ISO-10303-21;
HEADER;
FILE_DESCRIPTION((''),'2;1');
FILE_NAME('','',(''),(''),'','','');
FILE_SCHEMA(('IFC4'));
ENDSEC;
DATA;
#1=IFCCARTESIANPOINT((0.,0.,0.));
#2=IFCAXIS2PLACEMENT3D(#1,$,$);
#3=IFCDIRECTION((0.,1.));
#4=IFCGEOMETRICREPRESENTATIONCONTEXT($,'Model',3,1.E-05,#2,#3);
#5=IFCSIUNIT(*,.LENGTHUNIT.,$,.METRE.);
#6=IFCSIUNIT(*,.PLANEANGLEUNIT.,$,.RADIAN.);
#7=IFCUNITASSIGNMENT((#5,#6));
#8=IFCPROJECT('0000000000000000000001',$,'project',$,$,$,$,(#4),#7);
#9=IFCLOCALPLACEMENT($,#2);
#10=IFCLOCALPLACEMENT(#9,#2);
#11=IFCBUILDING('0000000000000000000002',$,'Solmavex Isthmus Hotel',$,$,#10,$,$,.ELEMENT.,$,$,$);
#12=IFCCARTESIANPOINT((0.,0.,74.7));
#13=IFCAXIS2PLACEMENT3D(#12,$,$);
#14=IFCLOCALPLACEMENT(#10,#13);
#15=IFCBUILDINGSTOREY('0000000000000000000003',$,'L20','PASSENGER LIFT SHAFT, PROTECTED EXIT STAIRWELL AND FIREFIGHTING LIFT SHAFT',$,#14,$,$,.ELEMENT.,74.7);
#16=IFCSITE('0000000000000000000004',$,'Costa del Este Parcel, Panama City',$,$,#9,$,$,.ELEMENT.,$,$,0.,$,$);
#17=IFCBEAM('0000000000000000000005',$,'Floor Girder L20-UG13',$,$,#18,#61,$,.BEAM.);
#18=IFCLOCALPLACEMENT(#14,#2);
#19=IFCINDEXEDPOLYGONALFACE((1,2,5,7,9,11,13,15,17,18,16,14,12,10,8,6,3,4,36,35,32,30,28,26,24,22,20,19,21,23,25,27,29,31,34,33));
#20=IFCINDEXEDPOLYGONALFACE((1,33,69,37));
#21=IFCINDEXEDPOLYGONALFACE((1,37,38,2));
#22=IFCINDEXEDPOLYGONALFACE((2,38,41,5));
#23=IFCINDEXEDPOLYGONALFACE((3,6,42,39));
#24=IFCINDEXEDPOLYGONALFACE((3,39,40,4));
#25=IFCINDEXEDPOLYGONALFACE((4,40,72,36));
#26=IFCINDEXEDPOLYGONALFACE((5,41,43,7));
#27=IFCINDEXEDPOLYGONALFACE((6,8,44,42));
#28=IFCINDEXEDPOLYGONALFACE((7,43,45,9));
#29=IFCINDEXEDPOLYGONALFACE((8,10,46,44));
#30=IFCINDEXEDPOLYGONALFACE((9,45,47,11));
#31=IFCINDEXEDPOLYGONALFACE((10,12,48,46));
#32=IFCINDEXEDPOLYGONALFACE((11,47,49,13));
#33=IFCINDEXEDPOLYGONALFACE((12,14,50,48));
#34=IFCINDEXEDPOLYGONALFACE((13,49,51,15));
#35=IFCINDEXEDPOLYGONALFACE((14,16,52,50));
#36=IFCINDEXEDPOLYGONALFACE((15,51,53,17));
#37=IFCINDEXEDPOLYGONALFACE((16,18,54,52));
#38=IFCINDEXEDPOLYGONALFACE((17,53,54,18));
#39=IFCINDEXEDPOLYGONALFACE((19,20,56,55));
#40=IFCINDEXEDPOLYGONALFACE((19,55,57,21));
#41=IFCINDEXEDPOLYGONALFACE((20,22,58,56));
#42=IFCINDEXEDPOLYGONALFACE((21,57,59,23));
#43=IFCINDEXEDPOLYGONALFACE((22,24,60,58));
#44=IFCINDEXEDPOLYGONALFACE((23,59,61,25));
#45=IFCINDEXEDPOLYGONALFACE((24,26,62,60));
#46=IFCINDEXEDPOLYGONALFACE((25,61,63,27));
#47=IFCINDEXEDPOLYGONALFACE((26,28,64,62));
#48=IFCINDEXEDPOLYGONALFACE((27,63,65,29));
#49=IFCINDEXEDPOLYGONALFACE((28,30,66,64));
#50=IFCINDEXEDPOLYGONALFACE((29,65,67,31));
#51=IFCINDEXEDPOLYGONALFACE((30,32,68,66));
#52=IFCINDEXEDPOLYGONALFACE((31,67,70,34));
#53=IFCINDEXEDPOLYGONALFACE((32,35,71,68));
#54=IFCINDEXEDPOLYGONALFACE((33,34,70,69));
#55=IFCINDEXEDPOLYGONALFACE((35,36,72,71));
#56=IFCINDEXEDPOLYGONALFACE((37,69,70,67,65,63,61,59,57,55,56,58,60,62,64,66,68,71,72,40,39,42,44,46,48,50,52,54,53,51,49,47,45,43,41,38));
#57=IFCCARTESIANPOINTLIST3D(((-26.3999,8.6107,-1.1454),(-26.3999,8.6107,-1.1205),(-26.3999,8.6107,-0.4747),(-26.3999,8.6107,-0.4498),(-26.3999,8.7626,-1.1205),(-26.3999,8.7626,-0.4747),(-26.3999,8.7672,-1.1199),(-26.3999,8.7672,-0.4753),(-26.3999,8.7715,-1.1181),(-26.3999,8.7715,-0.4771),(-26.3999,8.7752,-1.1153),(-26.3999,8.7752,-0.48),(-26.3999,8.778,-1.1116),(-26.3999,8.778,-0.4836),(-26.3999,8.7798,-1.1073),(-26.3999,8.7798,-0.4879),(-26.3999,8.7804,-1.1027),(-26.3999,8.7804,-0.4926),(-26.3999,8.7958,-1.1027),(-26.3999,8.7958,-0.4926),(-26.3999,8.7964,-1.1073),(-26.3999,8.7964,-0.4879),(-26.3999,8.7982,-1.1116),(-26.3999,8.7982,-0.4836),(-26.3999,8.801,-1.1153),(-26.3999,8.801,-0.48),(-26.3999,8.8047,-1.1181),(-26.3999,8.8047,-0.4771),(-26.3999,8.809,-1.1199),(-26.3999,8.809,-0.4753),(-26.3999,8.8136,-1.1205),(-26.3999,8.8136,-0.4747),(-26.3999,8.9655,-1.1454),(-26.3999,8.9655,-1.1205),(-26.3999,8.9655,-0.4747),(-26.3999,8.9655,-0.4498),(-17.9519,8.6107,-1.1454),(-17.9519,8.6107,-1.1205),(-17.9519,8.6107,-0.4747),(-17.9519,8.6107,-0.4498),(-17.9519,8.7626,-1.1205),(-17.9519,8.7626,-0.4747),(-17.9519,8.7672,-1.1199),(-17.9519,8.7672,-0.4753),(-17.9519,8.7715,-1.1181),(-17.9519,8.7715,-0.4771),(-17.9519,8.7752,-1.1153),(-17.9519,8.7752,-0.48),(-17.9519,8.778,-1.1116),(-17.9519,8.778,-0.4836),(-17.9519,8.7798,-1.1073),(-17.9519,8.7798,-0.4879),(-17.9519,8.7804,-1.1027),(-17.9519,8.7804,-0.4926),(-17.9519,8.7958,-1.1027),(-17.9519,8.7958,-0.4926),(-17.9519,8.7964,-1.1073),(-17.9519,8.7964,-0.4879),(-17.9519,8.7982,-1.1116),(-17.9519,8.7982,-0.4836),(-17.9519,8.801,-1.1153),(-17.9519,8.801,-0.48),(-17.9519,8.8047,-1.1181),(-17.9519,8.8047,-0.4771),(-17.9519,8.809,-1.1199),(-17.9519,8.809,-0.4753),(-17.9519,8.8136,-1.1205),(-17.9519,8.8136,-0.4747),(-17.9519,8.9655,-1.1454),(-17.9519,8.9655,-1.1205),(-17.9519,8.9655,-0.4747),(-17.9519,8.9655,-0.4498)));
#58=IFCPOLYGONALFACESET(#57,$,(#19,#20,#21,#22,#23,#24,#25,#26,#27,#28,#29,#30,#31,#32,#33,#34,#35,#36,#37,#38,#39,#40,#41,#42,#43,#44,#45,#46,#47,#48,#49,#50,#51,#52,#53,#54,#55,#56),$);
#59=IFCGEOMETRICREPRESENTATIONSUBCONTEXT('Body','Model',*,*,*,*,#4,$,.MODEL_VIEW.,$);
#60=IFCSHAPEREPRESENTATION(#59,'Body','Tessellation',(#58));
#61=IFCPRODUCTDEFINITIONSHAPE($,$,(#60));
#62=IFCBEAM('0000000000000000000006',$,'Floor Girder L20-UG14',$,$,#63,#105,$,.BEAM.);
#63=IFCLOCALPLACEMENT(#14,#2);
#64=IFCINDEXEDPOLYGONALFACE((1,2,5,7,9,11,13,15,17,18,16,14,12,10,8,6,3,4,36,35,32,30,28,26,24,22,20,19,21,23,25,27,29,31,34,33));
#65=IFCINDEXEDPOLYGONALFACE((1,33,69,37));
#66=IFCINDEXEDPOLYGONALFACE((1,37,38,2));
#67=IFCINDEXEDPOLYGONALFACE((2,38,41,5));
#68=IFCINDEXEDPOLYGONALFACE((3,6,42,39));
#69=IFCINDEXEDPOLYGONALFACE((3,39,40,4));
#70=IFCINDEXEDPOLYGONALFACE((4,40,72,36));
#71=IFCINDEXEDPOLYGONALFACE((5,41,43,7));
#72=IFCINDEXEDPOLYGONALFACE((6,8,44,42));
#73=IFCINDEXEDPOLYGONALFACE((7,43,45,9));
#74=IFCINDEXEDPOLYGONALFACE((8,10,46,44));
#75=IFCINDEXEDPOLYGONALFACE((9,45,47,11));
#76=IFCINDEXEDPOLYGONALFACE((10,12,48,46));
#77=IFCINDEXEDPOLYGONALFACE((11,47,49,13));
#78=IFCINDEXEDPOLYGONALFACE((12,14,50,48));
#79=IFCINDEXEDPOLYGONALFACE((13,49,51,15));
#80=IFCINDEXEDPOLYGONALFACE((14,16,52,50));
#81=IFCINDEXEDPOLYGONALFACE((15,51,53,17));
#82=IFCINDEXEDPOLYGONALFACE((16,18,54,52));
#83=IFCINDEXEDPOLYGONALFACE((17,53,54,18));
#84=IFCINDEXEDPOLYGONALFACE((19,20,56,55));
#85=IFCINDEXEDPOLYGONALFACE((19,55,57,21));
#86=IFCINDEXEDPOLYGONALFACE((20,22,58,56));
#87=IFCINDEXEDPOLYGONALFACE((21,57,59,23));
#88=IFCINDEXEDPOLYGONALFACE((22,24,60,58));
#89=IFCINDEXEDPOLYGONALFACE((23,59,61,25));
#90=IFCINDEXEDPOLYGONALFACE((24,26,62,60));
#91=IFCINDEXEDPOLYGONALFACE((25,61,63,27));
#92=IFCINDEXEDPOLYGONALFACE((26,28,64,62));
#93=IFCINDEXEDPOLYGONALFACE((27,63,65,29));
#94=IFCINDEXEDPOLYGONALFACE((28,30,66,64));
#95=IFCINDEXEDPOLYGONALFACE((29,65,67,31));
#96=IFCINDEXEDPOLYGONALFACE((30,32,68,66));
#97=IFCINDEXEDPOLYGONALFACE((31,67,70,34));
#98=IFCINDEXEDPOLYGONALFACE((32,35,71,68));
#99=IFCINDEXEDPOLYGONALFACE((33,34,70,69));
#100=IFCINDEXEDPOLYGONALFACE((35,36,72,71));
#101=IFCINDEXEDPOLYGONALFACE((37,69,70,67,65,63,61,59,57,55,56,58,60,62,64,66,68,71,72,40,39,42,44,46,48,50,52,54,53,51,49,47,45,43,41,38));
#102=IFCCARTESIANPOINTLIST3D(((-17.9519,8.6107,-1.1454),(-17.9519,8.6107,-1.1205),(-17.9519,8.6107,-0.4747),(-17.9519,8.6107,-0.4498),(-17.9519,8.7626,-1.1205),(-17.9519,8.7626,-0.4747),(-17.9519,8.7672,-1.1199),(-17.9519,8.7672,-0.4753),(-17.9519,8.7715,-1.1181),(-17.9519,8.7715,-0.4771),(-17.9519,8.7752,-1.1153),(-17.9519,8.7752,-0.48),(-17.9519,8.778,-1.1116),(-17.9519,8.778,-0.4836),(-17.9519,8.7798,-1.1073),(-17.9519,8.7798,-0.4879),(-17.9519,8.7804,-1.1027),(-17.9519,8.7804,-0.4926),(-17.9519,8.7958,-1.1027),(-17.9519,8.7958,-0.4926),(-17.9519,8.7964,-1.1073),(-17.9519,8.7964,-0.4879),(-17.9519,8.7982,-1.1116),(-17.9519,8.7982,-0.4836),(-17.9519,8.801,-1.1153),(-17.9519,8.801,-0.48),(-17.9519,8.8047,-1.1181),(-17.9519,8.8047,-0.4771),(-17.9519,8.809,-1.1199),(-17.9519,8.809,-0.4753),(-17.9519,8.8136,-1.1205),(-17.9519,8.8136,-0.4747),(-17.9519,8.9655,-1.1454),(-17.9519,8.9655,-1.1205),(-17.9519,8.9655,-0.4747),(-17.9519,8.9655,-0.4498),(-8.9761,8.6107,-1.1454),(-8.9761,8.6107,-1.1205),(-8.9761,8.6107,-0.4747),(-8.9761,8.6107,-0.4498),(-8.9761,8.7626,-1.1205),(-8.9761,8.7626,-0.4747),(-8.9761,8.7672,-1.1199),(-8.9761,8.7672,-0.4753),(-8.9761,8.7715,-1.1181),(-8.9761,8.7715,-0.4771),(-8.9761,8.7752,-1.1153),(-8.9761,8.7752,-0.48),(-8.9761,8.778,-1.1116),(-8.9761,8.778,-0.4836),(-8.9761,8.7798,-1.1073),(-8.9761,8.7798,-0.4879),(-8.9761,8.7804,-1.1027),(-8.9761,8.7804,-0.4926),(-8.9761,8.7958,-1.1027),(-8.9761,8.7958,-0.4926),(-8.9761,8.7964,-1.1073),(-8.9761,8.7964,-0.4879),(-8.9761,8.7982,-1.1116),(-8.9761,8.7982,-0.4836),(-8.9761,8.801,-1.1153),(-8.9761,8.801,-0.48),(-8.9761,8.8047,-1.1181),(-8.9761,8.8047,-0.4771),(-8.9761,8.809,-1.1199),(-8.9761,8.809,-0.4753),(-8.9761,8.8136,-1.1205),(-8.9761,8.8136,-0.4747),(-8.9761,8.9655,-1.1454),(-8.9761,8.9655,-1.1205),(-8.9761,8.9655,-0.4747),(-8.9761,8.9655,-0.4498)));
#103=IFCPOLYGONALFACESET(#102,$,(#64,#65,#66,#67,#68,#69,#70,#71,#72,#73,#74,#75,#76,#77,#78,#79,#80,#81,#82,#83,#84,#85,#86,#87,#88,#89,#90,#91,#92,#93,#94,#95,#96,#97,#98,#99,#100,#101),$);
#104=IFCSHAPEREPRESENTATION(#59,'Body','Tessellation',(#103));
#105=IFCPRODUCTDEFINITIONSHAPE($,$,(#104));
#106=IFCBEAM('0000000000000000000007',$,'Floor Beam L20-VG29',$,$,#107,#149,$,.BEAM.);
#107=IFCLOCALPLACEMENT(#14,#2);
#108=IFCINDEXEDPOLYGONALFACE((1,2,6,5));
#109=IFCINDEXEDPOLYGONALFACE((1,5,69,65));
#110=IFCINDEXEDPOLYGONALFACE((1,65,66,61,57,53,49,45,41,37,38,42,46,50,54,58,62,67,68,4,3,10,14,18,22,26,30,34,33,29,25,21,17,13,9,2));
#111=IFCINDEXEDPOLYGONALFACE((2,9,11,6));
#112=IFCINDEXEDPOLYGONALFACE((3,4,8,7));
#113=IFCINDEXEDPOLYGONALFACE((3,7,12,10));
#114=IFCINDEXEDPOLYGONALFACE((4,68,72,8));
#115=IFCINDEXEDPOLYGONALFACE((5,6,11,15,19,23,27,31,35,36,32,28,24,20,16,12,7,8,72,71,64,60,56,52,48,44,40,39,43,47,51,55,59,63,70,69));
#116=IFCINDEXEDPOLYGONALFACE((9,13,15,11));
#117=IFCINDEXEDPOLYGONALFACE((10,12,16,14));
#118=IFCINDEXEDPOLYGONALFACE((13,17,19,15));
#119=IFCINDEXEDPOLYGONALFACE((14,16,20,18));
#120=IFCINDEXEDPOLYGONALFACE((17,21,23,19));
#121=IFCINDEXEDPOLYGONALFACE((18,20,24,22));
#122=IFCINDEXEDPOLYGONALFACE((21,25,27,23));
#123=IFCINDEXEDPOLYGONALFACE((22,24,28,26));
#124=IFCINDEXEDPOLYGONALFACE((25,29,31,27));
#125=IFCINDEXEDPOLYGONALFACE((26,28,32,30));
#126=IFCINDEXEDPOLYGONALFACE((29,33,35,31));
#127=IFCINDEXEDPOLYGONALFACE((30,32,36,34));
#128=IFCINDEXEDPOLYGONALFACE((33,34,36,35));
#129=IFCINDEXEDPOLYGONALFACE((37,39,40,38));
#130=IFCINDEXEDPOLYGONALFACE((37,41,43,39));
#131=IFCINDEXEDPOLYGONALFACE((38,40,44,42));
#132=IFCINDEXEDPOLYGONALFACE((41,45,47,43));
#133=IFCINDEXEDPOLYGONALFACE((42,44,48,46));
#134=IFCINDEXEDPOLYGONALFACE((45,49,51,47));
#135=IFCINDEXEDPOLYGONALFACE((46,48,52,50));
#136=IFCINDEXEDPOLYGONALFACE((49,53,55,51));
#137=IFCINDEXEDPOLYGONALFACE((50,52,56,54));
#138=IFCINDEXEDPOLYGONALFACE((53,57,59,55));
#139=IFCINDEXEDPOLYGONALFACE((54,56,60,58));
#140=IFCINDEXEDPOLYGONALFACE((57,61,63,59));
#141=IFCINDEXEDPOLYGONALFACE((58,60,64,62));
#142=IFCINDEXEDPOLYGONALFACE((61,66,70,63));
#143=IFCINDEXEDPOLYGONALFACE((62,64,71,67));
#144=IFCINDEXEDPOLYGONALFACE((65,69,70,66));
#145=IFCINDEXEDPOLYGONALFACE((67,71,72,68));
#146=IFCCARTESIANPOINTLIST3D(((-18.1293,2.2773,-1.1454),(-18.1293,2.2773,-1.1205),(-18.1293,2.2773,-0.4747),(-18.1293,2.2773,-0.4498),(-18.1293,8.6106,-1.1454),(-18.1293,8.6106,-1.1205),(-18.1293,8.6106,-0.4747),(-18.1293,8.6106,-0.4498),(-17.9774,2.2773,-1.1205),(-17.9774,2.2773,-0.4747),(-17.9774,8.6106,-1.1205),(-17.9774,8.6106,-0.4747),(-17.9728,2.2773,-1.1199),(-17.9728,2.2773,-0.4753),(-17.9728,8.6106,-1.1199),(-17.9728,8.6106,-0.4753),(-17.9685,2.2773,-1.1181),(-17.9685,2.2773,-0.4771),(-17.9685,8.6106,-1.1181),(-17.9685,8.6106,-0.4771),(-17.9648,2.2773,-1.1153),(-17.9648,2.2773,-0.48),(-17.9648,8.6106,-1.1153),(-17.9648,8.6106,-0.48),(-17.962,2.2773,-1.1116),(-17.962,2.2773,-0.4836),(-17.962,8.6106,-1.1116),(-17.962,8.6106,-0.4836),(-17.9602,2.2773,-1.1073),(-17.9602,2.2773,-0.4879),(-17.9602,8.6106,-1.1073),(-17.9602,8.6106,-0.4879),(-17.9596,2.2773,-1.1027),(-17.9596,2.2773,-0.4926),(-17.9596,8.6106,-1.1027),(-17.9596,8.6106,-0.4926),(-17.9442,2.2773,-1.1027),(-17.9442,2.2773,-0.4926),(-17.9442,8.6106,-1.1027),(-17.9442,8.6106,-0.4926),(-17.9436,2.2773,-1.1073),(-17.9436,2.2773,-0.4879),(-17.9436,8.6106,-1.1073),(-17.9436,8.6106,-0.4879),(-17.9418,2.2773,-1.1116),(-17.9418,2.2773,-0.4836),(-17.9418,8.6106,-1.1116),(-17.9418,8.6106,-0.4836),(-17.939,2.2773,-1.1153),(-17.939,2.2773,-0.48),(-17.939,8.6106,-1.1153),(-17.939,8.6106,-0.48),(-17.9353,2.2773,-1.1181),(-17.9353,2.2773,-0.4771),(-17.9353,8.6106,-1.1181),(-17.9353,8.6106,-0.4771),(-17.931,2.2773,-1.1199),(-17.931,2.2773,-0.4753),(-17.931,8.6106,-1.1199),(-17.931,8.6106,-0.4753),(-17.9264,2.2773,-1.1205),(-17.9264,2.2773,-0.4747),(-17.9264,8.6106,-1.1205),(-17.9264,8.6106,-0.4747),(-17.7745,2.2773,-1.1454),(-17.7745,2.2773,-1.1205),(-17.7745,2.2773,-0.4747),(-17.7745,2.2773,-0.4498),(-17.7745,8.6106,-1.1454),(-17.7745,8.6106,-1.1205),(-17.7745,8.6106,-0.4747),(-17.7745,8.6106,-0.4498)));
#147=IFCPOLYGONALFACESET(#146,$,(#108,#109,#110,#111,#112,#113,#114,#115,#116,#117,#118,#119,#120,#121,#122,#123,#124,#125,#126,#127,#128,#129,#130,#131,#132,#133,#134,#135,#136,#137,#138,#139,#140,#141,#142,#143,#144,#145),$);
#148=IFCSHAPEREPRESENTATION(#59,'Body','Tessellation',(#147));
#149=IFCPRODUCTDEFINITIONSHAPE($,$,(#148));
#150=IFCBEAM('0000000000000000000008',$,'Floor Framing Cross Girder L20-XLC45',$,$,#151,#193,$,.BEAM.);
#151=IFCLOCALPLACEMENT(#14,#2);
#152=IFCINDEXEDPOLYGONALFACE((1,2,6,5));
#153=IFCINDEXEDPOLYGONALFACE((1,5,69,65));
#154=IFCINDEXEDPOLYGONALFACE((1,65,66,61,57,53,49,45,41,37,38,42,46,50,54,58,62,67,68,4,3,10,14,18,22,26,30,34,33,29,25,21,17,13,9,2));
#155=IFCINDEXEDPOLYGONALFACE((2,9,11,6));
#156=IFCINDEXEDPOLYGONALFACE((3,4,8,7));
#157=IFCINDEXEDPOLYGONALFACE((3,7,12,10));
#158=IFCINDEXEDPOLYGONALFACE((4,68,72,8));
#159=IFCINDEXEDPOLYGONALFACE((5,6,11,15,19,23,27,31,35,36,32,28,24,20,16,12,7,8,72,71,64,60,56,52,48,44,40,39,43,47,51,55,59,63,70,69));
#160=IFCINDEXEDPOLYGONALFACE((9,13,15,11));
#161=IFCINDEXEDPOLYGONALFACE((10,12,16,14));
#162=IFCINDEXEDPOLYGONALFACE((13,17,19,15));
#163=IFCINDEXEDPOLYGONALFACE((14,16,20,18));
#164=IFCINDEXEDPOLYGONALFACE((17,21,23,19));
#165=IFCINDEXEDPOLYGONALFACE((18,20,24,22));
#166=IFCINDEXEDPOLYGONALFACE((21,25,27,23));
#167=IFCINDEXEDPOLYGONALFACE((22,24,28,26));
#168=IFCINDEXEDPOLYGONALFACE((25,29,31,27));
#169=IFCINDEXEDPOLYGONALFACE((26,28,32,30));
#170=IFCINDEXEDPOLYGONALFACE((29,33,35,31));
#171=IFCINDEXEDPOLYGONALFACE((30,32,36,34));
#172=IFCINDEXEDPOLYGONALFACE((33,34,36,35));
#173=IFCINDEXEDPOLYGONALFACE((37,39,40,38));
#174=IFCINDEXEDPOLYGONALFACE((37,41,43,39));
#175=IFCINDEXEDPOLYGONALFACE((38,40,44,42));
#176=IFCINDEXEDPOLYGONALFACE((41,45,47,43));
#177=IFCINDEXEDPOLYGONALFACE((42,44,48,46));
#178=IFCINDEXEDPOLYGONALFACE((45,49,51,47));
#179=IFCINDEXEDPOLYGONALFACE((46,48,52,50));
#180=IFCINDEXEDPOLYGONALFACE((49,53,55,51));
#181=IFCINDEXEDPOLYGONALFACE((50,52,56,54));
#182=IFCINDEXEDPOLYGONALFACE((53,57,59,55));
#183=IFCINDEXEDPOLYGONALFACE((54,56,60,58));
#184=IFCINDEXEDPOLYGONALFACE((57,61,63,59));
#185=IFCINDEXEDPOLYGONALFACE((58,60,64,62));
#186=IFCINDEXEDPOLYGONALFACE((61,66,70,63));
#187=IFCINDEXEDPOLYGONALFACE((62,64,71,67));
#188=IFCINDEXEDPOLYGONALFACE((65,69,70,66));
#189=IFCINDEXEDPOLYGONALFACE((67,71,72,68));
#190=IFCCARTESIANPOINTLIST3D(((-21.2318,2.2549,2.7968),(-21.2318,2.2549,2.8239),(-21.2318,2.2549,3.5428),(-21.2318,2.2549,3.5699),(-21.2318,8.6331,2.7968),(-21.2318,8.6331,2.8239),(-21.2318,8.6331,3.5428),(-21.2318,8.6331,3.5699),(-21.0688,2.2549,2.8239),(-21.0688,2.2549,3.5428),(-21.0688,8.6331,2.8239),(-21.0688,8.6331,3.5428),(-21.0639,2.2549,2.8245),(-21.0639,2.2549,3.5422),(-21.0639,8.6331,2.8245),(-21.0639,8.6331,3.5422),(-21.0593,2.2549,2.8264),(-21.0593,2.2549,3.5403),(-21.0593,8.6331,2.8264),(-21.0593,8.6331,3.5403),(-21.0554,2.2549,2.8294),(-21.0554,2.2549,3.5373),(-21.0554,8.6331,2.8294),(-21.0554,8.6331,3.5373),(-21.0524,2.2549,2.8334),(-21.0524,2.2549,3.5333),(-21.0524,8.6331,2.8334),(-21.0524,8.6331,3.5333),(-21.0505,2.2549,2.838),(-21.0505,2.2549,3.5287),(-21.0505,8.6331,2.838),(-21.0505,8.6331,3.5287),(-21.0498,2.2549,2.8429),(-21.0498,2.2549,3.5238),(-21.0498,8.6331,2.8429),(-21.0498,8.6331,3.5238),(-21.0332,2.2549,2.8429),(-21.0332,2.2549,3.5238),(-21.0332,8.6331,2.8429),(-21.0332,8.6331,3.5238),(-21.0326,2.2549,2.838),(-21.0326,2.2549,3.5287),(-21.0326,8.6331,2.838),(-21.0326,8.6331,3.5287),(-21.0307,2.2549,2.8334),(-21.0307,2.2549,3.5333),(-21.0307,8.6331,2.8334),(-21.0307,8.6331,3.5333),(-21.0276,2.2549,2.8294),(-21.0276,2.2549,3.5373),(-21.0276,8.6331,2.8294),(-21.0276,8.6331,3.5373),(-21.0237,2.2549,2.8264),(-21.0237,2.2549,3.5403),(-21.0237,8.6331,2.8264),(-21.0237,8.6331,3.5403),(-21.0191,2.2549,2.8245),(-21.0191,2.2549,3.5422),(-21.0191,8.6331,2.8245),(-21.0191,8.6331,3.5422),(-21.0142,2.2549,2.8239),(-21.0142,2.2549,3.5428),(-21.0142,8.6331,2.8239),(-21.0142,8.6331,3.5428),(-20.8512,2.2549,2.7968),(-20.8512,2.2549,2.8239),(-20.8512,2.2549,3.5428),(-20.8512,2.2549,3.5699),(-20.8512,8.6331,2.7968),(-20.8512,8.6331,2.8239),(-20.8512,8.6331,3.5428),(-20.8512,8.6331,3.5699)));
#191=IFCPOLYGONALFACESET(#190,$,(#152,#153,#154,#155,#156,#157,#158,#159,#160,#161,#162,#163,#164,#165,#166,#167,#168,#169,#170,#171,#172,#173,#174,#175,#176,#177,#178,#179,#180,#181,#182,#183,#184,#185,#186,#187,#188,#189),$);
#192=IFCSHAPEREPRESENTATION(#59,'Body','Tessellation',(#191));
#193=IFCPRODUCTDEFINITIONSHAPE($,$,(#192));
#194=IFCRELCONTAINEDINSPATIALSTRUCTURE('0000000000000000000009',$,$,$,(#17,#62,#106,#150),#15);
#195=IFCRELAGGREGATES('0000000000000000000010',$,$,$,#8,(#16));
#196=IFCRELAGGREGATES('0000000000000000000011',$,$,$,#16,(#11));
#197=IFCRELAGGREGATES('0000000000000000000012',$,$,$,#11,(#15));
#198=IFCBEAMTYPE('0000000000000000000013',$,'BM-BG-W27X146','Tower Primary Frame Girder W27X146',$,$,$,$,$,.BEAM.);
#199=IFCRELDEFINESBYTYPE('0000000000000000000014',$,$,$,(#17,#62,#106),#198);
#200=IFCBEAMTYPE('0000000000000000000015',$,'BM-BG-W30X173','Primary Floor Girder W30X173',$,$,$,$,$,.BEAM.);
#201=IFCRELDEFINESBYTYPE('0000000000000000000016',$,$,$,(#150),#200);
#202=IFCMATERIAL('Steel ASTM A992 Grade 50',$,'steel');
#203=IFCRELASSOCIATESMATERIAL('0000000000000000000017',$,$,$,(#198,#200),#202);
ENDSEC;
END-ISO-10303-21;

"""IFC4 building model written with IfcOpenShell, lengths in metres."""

from ifc_helpers import new_model, si_unit, direction, frame, origin, origin_2d, place, context, subcontext, project, spatial, i_section, extrude, material, material_profile, profile_set, type_object, element, save


model = new_model("IFC4")

# Units and contexts
model_context = context("Model", 3, precision=1e-05, world=origin(), true_north=direction((0.0, 1.0)))
body_context = subcontext(model_context, "Body", "Model", "MODEL_VIEW")
ifc_project = project(units=[si_unit("LENGTHUNIT", "METRE"), si_unit("PLANEANGLEUNIT", "RADIAN")], contexts=[model_context])

# Site, building, storey
site_placement = place(None, origin())
site = spatial("IfcSite", under=ifc_project, at=site_placement, Name="Costa del Este Parcel, Panama City", CompositionType="ELEMENT", RefElevation=0.0)
building_placement = place(site_placement, origin())
building = spatial("IfcBuilding", under=site, at=building_placement, Name="Solmavex Isthmus Hotel", CompositionType="ELEMENT")
storey_placement = place(building_placement, frame((0.0, 0.0, 74.7)))
storey = spatial("IfcBuildingStorey", under=building, at=storey_placement, Name="L20", Description="PASSENGER LIFT SHAFT, PROTECTED EXIT STAIRWELL AND FIREFIGHTING LIFT SHAFT", CompositionType="ELEMENT", Elevation=74.7)

# Beams
ifc_material_1 = material(Name="Steel ASTM A992 Grade 50", Category="steel")
ifc_material_profile_1 = material_profile(ifc_material_1, i_section(OverallWidth=0.3547, OverallDepth=0.6956, WebThickness=0.0154, FlangeThickness=0.0249, FilletRadius=0.0178, at=origin_2d()), Name="W27X146")
ifc_profile_set_1 = profile_set([ifc_material_profile_1], Name="Steel ASTM A992 Grade 50")
beam_type_1 = type_object("IfcBeamType", Name="BM-BG-W27X146", Description="Tower Primary Frame Girder W27X146", PredefinedType="BEAM", material=ifc_profile_set_1)
beam_1_placement = place(storey_placement, frame((-26.3999, 8.7881, -0.7976), z_axis=(1.0, 0.0, 0.0), x_axis=(0.0, 1.0, 0.0)))
element("IfcBeam", 1, at=beam_1_placement, inside=storey, type_object=beam_type_1, Name="Floor Girder L20-UG13", PredefinedType="BEAM", context=body_context, shape_type="SweptSolid", body=[
    extrude(i_section(OverallWidth=0.3547, OverallDepth=0.6956, WebThickness=0.0154, FlangeThickness=0.0249, FilletRadius=0.0178, at=origin_2d()), origin(), (0.0, 0.0, 1.0), 8.448),
])
beam_2_placement = place(storey_placement, frame((-17.9519, 8.7881, -0.7976), z_axis=(1.0, 0.0, 0.0), x_axis=(0.0, 1.0, 0.0)))
element("IfcBeam", 2, at=beam_2_placement, inside=storey, type_object=beam_type_1, Name="Floor Girder L20-UG14", PredefinedType="BEAM", context=body_context, shape_type="SweptSolid", body=[
    extrude(i_section(OverallWidth=0.3547, OverallDepth=0.6956, WebThickness=0.0154, FlangeThickness=0.0249, FilletRadius=0.0178, at=origin_2d()), origin(), (0.0, 0.0, 1.0), 8.9758),
])
beam_3_placement = place(storey_placement, frame((-17.9519, 2.2773, -0.7976), z_axis=(0.0, 1.0, 0.0), x_axis=(-1.0, 0.0, 0.0)))
element("IfcBeam", 3, at=beam_3_placement, inside=storey, type_object=beam_type_1, Name="Floor Beam L20-VG29", PredefinedType="BEAM", context=body_context, shape_type="SweptSolid", body=[
    extrude(i_section(OverallWidth=0.3547, OverallDepth=0.6956, WebThickness=0.0154, FlangeThickness=0.0249, FilletRadius=0.0178, at=origin_2d()), origin(), (0.0, 0.0, 1.0), 6.3333),
])
ifc_material_profile_2 = material_profile(ifc_material_1, i_section(OverallWidth=0.3806, OverallDepth=0.7732, WebThickness=0.0166, FlangeThickness=0.0271, FilletRadius=0.019, at=origin_2d()), Name="W30X173")
ifc_profile_set_2 = profile_set([ifc_material_profile_2], Name="Steel ASTM A992 Grade 50")
beam_type_2 = type_object("IfcBeamType", Name="BM-BG-W30X173", Description="Primary Floor Girder W30X173", PredefinedType="BEAM", material=ifc_profile_set_2)
beam_4_placement = place(storey_placement, frame((-21.0415, 2.2549, 3.1833), z_axis=(0.0, 1.0, 0.0), x_axis=(-1.0, 0.0, 0.0)))
element("IfcBeam", 4, at=beam_4_placement, inside=storey, type_object=beam_type_2, Name="Floor Framing Cross Girder L20-XLC45", PredefinedType="BEAM", context=body_context, shape_type="SweptSolid", body=[
    extrude(i_section(OverallWidth=0.3806, OverallDepth=0.7732, WebThickness=0.0166, FlangeThickness=0.0271, FilletRadius=0.019, at=origin_2d()), origin(), (0.0, 0.0, 1.0), 6.3782),
])

save(model, "model.ifc")
